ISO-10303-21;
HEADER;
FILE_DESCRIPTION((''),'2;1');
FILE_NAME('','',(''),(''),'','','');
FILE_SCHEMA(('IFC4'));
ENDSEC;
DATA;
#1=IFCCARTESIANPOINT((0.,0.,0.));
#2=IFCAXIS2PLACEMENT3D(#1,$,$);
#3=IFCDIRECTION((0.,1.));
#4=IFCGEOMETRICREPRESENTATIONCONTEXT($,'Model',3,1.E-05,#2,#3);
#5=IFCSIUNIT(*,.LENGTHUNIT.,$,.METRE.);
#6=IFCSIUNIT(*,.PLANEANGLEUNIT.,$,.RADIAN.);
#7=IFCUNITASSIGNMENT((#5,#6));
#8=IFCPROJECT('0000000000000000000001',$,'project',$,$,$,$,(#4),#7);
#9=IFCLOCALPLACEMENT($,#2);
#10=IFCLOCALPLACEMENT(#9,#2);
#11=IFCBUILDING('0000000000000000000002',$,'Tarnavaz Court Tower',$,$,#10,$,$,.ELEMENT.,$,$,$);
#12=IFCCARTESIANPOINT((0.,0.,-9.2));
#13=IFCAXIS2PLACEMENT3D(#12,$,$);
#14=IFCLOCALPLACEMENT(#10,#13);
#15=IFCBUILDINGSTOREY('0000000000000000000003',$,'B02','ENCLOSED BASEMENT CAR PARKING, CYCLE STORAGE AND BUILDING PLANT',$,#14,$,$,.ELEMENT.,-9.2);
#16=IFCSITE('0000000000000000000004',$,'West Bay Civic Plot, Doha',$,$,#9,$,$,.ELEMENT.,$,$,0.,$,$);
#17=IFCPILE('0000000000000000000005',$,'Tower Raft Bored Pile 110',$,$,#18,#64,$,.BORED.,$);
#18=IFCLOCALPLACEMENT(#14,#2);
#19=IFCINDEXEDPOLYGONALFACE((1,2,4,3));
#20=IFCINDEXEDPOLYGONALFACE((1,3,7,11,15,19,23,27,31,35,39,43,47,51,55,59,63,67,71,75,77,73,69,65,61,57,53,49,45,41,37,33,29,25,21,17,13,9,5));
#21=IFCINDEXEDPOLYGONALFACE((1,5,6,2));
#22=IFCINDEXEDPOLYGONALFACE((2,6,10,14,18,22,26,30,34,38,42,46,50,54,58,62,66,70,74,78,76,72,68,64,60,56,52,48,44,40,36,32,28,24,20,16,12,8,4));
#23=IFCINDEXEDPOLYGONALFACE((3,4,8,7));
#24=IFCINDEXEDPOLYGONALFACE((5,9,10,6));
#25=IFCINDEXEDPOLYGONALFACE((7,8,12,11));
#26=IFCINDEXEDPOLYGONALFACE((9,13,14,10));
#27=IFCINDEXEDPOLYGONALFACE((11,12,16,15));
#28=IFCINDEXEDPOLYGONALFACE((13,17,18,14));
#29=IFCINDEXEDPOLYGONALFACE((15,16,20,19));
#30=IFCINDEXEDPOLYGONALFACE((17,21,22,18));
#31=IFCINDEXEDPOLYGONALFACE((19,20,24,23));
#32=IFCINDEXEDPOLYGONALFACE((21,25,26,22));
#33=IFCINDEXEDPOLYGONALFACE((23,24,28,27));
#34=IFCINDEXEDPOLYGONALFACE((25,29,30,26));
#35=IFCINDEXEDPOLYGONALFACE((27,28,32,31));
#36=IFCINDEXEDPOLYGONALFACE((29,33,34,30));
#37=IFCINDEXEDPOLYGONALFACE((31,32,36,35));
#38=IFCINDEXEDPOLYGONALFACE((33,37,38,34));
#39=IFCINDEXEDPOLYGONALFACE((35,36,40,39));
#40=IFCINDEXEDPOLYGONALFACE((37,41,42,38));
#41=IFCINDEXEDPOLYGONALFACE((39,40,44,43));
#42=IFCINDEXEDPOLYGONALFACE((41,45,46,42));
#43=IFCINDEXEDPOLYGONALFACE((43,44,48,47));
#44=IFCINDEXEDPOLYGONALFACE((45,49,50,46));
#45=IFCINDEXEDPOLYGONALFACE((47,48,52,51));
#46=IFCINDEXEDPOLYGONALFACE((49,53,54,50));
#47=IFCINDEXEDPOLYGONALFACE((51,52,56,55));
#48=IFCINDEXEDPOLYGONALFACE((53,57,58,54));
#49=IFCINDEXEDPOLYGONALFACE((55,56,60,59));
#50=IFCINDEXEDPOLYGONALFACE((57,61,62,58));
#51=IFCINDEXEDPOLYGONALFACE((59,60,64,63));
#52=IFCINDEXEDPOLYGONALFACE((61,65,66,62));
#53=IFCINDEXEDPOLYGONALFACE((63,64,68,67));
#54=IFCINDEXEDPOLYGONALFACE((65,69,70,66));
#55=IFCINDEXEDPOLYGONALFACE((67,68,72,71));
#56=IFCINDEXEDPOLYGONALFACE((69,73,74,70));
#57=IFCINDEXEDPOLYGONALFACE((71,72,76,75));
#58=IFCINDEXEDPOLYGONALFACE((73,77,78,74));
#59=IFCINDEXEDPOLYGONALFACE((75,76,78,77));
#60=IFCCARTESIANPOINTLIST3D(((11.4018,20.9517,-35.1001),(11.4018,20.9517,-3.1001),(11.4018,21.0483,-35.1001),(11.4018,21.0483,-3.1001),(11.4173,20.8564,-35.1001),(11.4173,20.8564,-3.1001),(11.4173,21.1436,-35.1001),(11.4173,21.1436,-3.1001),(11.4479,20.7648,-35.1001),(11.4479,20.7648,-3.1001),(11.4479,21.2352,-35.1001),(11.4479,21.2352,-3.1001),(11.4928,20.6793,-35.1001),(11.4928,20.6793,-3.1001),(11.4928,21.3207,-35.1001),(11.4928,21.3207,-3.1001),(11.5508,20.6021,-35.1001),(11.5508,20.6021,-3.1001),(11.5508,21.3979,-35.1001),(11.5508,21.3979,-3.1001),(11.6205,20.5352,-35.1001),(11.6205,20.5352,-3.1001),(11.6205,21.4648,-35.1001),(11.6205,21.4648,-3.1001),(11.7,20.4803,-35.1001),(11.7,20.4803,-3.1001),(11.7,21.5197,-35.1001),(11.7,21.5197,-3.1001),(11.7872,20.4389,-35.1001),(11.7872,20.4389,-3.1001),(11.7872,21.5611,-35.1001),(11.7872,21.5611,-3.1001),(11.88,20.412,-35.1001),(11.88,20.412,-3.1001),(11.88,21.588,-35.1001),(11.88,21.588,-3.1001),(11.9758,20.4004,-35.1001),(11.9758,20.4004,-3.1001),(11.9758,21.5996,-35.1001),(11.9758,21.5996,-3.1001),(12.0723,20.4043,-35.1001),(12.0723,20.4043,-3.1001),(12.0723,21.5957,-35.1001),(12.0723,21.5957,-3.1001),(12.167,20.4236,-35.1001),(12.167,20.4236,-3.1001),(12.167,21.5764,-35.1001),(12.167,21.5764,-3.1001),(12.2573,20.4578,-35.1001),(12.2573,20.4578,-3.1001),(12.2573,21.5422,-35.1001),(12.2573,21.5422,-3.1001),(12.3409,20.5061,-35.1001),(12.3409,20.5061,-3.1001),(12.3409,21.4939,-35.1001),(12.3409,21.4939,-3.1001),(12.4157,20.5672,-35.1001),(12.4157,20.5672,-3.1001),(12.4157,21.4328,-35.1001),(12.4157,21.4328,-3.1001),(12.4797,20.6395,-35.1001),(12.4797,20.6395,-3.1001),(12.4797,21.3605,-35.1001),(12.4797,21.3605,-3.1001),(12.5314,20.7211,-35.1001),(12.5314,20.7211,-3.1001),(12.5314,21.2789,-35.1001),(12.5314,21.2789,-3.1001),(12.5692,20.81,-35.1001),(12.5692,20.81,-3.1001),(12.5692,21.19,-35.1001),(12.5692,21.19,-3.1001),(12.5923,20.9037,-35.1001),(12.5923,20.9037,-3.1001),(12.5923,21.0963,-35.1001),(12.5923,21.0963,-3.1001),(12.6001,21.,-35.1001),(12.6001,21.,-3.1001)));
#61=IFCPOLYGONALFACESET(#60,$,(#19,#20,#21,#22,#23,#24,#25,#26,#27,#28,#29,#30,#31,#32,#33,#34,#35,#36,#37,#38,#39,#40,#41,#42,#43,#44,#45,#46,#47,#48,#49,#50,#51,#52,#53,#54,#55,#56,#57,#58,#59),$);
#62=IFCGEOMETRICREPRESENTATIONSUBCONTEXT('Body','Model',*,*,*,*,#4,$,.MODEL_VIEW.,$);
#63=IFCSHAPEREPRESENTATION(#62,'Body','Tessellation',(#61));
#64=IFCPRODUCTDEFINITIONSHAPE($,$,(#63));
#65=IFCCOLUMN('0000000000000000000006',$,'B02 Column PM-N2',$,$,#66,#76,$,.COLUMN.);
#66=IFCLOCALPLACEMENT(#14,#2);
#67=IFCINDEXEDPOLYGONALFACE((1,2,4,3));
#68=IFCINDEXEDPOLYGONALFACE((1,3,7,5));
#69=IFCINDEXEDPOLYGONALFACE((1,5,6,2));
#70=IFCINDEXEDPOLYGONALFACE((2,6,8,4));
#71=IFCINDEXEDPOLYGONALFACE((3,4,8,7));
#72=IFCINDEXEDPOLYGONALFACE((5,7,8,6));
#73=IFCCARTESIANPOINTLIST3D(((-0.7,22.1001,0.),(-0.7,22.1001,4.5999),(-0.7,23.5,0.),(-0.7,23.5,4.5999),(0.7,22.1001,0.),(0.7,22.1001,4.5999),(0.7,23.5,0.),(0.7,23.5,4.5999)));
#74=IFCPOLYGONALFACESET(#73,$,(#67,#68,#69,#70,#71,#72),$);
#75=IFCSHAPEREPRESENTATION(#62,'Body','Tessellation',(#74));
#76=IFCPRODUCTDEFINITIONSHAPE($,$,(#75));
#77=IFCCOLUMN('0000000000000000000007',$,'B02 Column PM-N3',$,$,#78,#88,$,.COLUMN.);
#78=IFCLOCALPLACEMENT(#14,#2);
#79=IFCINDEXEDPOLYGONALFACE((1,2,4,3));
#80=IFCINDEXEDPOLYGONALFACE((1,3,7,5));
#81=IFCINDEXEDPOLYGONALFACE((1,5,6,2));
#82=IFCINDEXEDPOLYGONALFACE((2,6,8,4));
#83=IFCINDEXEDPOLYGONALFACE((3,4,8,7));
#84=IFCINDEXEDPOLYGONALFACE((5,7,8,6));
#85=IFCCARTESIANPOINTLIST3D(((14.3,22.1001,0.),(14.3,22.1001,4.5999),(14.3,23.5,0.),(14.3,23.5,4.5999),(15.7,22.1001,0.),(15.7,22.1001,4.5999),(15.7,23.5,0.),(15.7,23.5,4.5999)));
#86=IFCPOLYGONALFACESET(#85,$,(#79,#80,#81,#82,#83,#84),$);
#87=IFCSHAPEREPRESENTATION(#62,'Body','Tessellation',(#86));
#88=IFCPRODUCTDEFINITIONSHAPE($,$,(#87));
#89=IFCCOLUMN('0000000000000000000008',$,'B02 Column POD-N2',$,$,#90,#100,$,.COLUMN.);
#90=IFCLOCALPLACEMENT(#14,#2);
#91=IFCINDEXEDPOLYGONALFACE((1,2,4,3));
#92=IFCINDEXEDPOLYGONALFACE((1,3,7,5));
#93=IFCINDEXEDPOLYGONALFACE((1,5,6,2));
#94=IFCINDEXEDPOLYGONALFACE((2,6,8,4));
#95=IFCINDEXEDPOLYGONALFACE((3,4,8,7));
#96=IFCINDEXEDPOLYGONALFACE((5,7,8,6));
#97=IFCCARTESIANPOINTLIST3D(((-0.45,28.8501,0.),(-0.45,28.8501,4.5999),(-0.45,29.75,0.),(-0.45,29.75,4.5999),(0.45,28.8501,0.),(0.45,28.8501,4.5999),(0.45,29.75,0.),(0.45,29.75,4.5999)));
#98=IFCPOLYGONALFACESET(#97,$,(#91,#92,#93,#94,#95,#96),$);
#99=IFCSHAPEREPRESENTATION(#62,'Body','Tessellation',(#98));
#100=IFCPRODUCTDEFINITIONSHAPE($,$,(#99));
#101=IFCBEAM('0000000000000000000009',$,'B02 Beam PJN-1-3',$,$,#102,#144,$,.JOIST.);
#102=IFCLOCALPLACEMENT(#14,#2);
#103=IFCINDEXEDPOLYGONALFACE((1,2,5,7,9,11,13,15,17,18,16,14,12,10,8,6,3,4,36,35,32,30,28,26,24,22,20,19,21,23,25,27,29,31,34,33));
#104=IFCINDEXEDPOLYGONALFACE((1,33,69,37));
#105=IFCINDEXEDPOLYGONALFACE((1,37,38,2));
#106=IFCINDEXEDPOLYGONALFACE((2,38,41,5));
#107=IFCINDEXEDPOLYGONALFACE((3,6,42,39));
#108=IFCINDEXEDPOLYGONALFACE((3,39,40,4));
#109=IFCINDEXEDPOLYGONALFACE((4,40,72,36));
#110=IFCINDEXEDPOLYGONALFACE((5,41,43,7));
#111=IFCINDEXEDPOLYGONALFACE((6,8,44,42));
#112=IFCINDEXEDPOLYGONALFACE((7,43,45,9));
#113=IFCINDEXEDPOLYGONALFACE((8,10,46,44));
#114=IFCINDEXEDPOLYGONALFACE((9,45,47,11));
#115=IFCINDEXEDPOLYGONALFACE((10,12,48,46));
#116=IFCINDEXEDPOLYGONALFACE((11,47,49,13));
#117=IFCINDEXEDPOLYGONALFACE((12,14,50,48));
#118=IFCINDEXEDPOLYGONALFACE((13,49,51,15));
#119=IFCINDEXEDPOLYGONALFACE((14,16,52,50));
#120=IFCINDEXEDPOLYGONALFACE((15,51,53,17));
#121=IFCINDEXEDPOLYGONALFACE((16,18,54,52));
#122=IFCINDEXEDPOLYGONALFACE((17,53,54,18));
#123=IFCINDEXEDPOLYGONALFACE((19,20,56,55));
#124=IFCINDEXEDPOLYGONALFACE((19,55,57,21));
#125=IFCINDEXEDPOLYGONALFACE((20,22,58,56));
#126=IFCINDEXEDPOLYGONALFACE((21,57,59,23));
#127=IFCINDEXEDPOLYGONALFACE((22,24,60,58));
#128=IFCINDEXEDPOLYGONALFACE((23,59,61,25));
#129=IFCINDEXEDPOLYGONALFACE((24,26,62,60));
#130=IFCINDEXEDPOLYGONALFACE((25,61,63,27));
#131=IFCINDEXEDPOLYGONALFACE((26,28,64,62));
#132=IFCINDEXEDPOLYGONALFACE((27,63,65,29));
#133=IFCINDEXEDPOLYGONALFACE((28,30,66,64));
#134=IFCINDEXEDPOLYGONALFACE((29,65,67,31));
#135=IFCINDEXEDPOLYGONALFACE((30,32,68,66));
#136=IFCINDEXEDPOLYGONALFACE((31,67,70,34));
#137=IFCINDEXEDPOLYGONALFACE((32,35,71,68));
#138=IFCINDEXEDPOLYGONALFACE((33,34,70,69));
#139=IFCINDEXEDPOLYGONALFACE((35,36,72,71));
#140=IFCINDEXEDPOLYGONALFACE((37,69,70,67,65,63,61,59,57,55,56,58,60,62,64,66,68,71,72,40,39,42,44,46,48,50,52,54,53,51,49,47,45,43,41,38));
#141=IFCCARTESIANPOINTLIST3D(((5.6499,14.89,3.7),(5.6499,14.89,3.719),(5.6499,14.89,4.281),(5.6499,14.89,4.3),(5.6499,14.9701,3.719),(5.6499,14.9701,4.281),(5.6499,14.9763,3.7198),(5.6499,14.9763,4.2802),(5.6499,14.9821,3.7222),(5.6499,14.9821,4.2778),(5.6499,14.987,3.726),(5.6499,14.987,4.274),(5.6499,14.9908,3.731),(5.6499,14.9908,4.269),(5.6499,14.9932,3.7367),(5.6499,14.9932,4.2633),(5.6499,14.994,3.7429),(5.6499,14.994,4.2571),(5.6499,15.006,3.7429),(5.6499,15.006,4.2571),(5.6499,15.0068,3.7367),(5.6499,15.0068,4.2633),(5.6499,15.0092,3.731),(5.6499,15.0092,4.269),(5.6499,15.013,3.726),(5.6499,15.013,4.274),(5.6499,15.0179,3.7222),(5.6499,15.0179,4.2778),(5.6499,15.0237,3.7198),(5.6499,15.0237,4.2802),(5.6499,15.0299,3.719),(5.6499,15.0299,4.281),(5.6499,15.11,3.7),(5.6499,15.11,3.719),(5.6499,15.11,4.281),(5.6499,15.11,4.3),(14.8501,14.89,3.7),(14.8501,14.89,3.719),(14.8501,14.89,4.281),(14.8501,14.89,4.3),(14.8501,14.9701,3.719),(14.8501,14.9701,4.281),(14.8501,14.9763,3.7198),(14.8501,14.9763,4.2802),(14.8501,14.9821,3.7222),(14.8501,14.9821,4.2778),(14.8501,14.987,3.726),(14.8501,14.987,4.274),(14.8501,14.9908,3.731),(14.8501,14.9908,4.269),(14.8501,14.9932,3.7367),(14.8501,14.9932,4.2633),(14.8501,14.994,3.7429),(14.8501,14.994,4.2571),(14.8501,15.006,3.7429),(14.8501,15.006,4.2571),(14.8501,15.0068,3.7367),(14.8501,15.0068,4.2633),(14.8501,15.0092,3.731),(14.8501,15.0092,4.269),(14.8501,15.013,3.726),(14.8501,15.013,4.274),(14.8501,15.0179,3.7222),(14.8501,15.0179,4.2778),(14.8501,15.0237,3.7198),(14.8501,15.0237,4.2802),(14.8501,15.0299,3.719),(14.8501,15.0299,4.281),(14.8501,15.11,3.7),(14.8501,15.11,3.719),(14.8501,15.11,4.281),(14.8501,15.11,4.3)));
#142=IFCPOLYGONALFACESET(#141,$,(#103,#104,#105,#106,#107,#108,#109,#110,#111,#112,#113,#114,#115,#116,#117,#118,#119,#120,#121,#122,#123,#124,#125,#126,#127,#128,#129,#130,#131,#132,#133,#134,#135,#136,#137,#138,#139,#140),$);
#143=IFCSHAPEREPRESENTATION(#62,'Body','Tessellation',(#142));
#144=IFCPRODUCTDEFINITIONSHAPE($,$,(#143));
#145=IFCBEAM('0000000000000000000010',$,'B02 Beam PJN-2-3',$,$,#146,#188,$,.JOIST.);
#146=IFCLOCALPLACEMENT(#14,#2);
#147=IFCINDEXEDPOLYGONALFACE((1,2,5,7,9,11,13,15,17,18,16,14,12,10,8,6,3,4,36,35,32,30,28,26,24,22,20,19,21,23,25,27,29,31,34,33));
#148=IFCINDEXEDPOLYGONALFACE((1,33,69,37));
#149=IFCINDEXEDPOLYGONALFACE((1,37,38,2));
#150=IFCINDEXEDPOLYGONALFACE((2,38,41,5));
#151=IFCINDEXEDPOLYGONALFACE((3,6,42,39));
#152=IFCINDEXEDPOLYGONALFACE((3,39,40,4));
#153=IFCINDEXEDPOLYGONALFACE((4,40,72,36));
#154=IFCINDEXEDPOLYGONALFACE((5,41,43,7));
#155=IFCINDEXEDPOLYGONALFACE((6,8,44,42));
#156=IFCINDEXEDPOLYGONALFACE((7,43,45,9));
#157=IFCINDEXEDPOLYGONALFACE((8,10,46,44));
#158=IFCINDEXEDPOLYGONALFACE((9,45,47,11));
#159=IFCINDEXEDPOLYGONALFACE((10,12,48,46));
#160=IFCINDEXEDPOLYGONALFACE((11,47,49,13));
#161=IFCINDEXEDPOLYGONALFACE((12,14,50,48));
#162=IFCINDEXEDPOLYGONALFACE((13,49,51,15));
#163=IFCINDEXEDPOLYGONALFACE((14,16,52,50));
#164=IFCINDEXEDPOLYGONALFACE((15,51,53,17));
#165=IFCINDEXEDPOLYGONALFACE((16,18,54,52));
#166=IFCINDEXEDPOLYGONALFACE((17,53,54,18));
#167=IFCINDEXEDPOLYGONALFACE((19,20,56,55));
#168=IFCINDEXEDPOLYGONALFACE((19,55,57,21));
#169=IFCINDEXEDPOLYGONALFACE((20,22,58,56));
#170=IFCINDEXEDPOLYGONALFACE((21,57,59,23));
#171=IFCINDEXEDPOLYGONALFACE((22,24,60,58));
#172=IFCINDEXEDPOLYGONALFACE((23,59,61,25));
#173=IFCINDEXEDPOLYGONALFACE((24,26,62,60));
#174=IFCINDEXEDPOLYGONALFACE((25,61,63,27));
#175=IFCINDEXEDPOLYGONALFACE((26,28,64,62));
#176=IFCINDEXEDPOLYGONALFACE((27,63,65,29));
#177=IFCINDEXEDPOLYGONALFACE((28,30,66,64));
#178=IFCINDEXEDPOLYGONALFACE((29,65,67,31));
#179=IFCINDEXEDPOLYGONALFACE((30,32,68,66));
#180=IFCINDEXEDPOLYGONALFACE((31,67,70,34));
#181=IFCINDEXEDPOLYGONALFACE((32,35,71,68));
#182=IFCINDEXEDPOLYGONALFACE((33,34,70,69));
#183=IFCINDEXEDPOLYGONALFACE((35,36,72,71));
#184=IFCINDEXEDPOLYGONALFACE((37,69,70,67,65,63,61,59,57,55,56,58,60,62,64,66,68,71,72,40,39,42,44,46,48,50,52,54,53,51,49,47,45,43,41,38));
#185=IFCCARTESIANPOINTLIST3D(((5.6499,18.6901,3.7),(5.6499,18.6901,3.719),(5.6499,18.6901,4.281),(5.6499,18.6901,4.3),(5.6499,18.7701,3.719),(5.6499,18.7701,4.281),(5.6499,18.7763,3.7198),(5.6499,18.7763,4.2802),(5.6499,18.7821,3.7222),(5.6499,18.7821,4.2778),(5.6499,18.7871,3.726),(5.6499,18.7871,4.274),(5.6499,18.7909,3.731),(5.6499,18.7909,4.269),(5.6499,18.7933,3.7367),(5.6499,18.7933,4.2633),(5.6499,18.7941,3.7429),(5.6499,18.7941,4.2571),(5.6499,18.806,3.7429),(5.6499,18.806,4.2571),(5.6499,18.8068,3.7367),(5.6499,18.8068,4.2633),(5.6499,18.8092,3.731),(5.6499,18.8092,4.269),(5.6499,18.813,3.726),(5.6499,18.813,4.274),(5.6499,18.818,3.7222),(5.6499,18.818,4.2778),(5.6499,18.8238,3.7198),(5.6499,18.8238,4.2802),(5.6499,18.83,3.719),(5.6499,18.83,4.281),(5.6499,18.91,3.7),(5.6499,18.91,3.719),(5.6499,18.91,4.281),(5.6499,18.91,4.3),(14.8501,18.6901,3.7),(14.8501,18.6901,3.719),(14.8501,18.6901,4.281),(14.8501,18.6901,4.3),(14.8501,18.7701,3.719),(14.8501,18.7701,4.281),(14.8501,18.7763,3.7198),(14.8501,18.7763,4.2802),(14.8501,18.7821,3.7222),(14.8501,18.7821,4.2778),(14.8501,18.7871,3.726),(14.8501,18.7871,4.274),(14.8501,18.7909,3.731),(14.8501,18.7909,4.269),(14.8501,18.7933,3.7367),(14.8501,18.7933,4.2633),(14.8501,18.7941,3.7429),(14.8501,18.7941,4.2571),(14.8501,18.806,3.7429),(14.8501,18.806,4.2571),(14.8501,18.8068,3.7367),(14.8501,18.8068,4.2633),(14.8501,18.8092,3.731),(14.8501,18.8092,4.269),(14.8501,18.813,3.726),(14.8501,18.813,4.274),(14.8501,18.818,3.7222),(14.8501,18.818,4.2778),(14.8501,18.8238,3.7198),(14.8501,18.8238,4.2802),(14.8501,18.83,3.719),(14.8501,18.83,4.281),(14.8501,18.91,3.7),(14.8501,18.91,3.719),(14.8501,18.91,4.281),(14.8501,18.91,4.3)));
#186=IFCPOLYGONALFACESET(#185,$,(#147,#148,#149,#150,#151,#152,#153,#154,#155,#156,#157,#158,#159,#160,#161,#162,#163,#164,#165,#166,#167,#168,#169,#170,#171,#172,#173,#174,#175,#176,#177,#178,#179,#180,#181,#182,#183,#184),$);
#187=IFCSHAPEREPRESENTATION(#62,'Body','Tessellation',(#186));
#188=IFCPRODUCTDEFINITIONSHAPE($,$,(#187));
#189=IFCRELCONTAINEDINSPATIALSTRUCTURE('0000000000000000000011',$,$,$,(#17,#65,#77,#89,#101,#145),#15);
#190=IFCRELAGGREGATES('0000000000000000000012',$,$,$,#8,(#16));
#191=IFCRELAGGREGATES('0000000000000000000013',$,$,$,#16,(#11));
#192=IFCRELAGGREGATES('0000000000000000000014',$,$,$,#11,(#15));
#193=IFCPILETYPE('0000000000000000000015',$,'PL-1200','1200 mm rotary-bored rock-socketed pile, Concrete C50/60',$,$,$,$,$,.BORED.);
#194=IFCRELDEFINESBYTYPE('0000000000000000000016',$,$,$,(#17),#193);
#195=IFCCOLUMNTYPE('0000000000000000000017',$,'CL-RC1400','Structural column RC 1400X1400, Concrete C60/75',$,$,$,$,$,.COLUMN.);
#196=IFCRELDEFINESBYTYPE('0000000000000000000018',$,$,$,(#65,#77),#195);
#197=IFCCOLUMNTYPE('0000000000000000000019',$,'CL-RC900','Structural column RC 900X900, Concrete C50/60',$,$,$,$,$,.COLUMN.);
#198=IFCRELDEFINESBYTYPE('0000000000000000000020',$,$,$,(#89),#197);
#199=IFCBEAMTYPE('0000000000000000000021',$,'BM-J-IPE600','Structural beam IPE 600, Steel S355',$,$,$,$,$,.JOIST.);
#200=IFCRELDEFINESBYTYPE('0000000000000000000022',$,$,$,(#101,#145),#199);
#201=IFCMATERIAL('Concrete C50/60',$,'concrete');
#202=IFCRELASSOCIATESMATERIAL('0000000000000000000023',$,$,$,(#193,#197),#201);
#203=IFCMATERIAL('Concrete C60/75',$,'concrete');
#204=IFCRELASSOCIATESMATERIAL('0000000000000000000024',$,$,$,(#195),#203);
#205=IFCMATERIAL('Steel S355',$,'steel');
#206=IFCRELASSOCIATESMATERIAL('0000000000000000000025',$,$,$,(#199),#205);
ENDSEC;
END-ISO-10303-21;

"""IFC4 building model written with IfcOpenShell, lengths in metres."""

from ifc_helpers import new_model, si_unit, direction, frame, origin, origin_2d, place, context, subcontext, project, spatial, rectangle, circle, i_section, extrude, material, material_profile, profile_set, type_object, element, save


model = new_model("IFC4")

# Units and contexts
model_context = context("Model", 3, precision=1e-05, world=origin(), true_north=direction((0.0, 1.0)))
body_context = subcontext(model_context, "Body", "Model", "MODEL_VIEW")
ifc_project = project(units=[si_unit("LENGTHUNIT", "METRE"), si_unit("PLANEANGLEUNIT", "RADIAN")], contexts=[model_context])

# Site, building, storey
site_placement = place(None, origin())
site = spatial("IfcSite", under=ifc_project, at=site_placement, Name="West Bay Civic Plot, Doha", CompositionType="ELEMENT", RefElevation=0.0)
building_placement = place(site_placement, origin())
building = spatial("IfcBuilding", under=site, at=building_placement, Name="Tarnavaz Court Tower", CompositionType="ELEMENT")
storey_placement = place(building_placement, frame((0.0, 0.0, -9.2)))
storey = spatial("IfcBuildingStorey", under=building, at=storey_placement, Name="B02", Description="ENCLOSED BASEMENT CAR PARKING, CYCLE STORAGE AND BUILDING PLANT", CompositionType="ELEMENT", Elevation=-9.2)

# Shared definitions
ifc_material_1 = material(Name="Concrete C50/60", Category="concrete")

# Pile
ifc_material_profile_1 = material_profile(ifc_material_1, circle(Radius=0.6001, at=origin_2d()), Name="PILE D1200")
ifc_profile_set_1 = profile_set([ifc_material_profile_1], Name="Concrete C50/60")
pile_type_1 = type_object("IfcPileType", Name="PL-1200", Description="1200 mm rotary-bored rock-socketed pile, Concrete C50/60", PredefinedType="BORED", material=ifc_profile_set_1)
for number, where, z_axis, x_axis, name in (
    (1, (12.0, 21.0, -3.1001), (0.0, 0.0, -1.0), (1.0, 0.0, 0.0), "Tower Raft Bored Pile 110"),
):
    element("IfcPile", number, at=place(storey_placement, frame(where, z_axis=z_axis, x_axis=x_axis)), inside=storey, type_object=pile_type_1, Name=name, PredefinedType="BORED", context=body_context, shape_type="SweptSolid", body=[
        extrude(circle(Radius=0.6001, at=origin_2d()), origin(), (0.0, 0.0, 1.0), 32.0),
    ])

# Columns
ifc_material_2 = material(Name="Concrete C60/75", Category="concrete")
ifc_material_profile_2 = material_profile(ifc_material_2, rectangle(XDim=1.3999, YDim=1.3999, at=origin_2d()), Name="RC 1400X1400")
ifc_profile_set_2 = profile_set([ifc_material_profile_2], Name="Concrete C60/75")
column_type_1 = type_object("IfcColumnType", Name="CL-RC1400", Description="Structural column RC 1400X1400, Concrete C60/75", PredefinedType="COLUMN", material=ifc_profile_set_2)
for number, where, z_axis, x_axis, name in (
    (2, (0.0, 22.8, 0.0), (0.0, 0.0, 1.0), (1.0, 0.0, 0.0), "B02 Column PM-N2"),
    (3, (15.0, 22.8, 0.0), (0.0, 0.0, 1.0), (1.0, 0.0, 0.0), "B02 Column PM-N3"),
):
    element("IfcColumn", number, at=place(storey_placement, frame(where, z_axis=z_axis, x_axis=x_axis)), inside=storey, type_object=column_type_1, Name=name, PredefinedType="COLUMN", context=body_context, shape_type="SweptSolid", body=[
        extrude(rectangle(XDim=1.3999, YDim=1.3999, at=origin_2d()), origin(), (0.0, 0.0, 1.0), 4.5999),
    ])
ifc_material_profile_3 = material_profile(ifc_material_1, rectangle(XDim=0.8999, YDim=0.8999, at=origin_2d()), Name="RC 900X900")
ifc_profile_set_3 = profile_set([ifc_material_profile_3], Name="Concrete C50/60")
column_type_2 = type_object("IfcColumnType", Name="CL-RC900", Description="Structural column RC 900X900, Concrete C50/60", PredefinedType="COLUMN", material=ifc_profile_set_3)
column_placement = place(storey_placement, frame((0.0, 29.3, 0.0), z_axis=(0.0, 0.0, 1.0), x_axis=(1.0, 0.0, 0.0)))
element("IfcColumn", 4, at=column_placement, inside=storey, type_object=column_type_2, Name="B02 Column POD-N2", PredefinedType="COLUMN", context=body_context, shape_type="SweptSolid", body=[
    extrude(rectangle(XDim=0.8999, YDim=0.8999, at=origin_2d()), origin(), (0.0, 0.0, 1.0), 4.5999),
])

# Beams
ifc_material_3 = material(Name="Steel S355", Category="steel")
ifc_material_profile_4 = material_profile(ifc_material_3, i_section(OverallWidth=0.22, OverallDepth=0.6001, WebThickness=0.012, FlangeThickness=0.019, FilletRadius=0.0239, at=origin_2d()), Name="IPE 600")
ifc_profile_set_4 = profile_set([ifc_material_profile_4], Name="Steel S355")
beam_type_1 = type_object("IfcBeamType", Name="BM-J-IPE600", Description="Structural beam IPE 600, Steel S355", PredefinedType="JOIST", material=ifc_profile_set_4)
for number, where, z_axis, x_axis, name in (
    (5, (5.6499, 15.0, 4.0), (1.0, 0.0, 0.0), (0.0, 1.0, 0.0), "B02 Beam PJN-1-3"),
    (6, (5.6499, 18.8, 4.0), (1.0, 0.0, 0.0), (0.0, 1.0, 0.0), "B02 Beam PJN-2-3"),
):
    element("IfcBeam", number, at=place(storey_placement, frame(where, z_axis=z_axis, x_axis=x_axis)), inside=storey, type_object=beam_type_1, Name=name, PredefinedType="JOIST", context=body_context, shape_type="SweptSolid", body=[
        extrude(i_section(OverallWidth=0.22, OverallDepth=0.6001, WebThickness=0.012, FlangeThickness=0.019, FilletRadius=0.0239, at=origin_2d()), origin(), (0.0, 0.0, 1.0), 9.2002),
    ])

save(model, "model.ifc")
